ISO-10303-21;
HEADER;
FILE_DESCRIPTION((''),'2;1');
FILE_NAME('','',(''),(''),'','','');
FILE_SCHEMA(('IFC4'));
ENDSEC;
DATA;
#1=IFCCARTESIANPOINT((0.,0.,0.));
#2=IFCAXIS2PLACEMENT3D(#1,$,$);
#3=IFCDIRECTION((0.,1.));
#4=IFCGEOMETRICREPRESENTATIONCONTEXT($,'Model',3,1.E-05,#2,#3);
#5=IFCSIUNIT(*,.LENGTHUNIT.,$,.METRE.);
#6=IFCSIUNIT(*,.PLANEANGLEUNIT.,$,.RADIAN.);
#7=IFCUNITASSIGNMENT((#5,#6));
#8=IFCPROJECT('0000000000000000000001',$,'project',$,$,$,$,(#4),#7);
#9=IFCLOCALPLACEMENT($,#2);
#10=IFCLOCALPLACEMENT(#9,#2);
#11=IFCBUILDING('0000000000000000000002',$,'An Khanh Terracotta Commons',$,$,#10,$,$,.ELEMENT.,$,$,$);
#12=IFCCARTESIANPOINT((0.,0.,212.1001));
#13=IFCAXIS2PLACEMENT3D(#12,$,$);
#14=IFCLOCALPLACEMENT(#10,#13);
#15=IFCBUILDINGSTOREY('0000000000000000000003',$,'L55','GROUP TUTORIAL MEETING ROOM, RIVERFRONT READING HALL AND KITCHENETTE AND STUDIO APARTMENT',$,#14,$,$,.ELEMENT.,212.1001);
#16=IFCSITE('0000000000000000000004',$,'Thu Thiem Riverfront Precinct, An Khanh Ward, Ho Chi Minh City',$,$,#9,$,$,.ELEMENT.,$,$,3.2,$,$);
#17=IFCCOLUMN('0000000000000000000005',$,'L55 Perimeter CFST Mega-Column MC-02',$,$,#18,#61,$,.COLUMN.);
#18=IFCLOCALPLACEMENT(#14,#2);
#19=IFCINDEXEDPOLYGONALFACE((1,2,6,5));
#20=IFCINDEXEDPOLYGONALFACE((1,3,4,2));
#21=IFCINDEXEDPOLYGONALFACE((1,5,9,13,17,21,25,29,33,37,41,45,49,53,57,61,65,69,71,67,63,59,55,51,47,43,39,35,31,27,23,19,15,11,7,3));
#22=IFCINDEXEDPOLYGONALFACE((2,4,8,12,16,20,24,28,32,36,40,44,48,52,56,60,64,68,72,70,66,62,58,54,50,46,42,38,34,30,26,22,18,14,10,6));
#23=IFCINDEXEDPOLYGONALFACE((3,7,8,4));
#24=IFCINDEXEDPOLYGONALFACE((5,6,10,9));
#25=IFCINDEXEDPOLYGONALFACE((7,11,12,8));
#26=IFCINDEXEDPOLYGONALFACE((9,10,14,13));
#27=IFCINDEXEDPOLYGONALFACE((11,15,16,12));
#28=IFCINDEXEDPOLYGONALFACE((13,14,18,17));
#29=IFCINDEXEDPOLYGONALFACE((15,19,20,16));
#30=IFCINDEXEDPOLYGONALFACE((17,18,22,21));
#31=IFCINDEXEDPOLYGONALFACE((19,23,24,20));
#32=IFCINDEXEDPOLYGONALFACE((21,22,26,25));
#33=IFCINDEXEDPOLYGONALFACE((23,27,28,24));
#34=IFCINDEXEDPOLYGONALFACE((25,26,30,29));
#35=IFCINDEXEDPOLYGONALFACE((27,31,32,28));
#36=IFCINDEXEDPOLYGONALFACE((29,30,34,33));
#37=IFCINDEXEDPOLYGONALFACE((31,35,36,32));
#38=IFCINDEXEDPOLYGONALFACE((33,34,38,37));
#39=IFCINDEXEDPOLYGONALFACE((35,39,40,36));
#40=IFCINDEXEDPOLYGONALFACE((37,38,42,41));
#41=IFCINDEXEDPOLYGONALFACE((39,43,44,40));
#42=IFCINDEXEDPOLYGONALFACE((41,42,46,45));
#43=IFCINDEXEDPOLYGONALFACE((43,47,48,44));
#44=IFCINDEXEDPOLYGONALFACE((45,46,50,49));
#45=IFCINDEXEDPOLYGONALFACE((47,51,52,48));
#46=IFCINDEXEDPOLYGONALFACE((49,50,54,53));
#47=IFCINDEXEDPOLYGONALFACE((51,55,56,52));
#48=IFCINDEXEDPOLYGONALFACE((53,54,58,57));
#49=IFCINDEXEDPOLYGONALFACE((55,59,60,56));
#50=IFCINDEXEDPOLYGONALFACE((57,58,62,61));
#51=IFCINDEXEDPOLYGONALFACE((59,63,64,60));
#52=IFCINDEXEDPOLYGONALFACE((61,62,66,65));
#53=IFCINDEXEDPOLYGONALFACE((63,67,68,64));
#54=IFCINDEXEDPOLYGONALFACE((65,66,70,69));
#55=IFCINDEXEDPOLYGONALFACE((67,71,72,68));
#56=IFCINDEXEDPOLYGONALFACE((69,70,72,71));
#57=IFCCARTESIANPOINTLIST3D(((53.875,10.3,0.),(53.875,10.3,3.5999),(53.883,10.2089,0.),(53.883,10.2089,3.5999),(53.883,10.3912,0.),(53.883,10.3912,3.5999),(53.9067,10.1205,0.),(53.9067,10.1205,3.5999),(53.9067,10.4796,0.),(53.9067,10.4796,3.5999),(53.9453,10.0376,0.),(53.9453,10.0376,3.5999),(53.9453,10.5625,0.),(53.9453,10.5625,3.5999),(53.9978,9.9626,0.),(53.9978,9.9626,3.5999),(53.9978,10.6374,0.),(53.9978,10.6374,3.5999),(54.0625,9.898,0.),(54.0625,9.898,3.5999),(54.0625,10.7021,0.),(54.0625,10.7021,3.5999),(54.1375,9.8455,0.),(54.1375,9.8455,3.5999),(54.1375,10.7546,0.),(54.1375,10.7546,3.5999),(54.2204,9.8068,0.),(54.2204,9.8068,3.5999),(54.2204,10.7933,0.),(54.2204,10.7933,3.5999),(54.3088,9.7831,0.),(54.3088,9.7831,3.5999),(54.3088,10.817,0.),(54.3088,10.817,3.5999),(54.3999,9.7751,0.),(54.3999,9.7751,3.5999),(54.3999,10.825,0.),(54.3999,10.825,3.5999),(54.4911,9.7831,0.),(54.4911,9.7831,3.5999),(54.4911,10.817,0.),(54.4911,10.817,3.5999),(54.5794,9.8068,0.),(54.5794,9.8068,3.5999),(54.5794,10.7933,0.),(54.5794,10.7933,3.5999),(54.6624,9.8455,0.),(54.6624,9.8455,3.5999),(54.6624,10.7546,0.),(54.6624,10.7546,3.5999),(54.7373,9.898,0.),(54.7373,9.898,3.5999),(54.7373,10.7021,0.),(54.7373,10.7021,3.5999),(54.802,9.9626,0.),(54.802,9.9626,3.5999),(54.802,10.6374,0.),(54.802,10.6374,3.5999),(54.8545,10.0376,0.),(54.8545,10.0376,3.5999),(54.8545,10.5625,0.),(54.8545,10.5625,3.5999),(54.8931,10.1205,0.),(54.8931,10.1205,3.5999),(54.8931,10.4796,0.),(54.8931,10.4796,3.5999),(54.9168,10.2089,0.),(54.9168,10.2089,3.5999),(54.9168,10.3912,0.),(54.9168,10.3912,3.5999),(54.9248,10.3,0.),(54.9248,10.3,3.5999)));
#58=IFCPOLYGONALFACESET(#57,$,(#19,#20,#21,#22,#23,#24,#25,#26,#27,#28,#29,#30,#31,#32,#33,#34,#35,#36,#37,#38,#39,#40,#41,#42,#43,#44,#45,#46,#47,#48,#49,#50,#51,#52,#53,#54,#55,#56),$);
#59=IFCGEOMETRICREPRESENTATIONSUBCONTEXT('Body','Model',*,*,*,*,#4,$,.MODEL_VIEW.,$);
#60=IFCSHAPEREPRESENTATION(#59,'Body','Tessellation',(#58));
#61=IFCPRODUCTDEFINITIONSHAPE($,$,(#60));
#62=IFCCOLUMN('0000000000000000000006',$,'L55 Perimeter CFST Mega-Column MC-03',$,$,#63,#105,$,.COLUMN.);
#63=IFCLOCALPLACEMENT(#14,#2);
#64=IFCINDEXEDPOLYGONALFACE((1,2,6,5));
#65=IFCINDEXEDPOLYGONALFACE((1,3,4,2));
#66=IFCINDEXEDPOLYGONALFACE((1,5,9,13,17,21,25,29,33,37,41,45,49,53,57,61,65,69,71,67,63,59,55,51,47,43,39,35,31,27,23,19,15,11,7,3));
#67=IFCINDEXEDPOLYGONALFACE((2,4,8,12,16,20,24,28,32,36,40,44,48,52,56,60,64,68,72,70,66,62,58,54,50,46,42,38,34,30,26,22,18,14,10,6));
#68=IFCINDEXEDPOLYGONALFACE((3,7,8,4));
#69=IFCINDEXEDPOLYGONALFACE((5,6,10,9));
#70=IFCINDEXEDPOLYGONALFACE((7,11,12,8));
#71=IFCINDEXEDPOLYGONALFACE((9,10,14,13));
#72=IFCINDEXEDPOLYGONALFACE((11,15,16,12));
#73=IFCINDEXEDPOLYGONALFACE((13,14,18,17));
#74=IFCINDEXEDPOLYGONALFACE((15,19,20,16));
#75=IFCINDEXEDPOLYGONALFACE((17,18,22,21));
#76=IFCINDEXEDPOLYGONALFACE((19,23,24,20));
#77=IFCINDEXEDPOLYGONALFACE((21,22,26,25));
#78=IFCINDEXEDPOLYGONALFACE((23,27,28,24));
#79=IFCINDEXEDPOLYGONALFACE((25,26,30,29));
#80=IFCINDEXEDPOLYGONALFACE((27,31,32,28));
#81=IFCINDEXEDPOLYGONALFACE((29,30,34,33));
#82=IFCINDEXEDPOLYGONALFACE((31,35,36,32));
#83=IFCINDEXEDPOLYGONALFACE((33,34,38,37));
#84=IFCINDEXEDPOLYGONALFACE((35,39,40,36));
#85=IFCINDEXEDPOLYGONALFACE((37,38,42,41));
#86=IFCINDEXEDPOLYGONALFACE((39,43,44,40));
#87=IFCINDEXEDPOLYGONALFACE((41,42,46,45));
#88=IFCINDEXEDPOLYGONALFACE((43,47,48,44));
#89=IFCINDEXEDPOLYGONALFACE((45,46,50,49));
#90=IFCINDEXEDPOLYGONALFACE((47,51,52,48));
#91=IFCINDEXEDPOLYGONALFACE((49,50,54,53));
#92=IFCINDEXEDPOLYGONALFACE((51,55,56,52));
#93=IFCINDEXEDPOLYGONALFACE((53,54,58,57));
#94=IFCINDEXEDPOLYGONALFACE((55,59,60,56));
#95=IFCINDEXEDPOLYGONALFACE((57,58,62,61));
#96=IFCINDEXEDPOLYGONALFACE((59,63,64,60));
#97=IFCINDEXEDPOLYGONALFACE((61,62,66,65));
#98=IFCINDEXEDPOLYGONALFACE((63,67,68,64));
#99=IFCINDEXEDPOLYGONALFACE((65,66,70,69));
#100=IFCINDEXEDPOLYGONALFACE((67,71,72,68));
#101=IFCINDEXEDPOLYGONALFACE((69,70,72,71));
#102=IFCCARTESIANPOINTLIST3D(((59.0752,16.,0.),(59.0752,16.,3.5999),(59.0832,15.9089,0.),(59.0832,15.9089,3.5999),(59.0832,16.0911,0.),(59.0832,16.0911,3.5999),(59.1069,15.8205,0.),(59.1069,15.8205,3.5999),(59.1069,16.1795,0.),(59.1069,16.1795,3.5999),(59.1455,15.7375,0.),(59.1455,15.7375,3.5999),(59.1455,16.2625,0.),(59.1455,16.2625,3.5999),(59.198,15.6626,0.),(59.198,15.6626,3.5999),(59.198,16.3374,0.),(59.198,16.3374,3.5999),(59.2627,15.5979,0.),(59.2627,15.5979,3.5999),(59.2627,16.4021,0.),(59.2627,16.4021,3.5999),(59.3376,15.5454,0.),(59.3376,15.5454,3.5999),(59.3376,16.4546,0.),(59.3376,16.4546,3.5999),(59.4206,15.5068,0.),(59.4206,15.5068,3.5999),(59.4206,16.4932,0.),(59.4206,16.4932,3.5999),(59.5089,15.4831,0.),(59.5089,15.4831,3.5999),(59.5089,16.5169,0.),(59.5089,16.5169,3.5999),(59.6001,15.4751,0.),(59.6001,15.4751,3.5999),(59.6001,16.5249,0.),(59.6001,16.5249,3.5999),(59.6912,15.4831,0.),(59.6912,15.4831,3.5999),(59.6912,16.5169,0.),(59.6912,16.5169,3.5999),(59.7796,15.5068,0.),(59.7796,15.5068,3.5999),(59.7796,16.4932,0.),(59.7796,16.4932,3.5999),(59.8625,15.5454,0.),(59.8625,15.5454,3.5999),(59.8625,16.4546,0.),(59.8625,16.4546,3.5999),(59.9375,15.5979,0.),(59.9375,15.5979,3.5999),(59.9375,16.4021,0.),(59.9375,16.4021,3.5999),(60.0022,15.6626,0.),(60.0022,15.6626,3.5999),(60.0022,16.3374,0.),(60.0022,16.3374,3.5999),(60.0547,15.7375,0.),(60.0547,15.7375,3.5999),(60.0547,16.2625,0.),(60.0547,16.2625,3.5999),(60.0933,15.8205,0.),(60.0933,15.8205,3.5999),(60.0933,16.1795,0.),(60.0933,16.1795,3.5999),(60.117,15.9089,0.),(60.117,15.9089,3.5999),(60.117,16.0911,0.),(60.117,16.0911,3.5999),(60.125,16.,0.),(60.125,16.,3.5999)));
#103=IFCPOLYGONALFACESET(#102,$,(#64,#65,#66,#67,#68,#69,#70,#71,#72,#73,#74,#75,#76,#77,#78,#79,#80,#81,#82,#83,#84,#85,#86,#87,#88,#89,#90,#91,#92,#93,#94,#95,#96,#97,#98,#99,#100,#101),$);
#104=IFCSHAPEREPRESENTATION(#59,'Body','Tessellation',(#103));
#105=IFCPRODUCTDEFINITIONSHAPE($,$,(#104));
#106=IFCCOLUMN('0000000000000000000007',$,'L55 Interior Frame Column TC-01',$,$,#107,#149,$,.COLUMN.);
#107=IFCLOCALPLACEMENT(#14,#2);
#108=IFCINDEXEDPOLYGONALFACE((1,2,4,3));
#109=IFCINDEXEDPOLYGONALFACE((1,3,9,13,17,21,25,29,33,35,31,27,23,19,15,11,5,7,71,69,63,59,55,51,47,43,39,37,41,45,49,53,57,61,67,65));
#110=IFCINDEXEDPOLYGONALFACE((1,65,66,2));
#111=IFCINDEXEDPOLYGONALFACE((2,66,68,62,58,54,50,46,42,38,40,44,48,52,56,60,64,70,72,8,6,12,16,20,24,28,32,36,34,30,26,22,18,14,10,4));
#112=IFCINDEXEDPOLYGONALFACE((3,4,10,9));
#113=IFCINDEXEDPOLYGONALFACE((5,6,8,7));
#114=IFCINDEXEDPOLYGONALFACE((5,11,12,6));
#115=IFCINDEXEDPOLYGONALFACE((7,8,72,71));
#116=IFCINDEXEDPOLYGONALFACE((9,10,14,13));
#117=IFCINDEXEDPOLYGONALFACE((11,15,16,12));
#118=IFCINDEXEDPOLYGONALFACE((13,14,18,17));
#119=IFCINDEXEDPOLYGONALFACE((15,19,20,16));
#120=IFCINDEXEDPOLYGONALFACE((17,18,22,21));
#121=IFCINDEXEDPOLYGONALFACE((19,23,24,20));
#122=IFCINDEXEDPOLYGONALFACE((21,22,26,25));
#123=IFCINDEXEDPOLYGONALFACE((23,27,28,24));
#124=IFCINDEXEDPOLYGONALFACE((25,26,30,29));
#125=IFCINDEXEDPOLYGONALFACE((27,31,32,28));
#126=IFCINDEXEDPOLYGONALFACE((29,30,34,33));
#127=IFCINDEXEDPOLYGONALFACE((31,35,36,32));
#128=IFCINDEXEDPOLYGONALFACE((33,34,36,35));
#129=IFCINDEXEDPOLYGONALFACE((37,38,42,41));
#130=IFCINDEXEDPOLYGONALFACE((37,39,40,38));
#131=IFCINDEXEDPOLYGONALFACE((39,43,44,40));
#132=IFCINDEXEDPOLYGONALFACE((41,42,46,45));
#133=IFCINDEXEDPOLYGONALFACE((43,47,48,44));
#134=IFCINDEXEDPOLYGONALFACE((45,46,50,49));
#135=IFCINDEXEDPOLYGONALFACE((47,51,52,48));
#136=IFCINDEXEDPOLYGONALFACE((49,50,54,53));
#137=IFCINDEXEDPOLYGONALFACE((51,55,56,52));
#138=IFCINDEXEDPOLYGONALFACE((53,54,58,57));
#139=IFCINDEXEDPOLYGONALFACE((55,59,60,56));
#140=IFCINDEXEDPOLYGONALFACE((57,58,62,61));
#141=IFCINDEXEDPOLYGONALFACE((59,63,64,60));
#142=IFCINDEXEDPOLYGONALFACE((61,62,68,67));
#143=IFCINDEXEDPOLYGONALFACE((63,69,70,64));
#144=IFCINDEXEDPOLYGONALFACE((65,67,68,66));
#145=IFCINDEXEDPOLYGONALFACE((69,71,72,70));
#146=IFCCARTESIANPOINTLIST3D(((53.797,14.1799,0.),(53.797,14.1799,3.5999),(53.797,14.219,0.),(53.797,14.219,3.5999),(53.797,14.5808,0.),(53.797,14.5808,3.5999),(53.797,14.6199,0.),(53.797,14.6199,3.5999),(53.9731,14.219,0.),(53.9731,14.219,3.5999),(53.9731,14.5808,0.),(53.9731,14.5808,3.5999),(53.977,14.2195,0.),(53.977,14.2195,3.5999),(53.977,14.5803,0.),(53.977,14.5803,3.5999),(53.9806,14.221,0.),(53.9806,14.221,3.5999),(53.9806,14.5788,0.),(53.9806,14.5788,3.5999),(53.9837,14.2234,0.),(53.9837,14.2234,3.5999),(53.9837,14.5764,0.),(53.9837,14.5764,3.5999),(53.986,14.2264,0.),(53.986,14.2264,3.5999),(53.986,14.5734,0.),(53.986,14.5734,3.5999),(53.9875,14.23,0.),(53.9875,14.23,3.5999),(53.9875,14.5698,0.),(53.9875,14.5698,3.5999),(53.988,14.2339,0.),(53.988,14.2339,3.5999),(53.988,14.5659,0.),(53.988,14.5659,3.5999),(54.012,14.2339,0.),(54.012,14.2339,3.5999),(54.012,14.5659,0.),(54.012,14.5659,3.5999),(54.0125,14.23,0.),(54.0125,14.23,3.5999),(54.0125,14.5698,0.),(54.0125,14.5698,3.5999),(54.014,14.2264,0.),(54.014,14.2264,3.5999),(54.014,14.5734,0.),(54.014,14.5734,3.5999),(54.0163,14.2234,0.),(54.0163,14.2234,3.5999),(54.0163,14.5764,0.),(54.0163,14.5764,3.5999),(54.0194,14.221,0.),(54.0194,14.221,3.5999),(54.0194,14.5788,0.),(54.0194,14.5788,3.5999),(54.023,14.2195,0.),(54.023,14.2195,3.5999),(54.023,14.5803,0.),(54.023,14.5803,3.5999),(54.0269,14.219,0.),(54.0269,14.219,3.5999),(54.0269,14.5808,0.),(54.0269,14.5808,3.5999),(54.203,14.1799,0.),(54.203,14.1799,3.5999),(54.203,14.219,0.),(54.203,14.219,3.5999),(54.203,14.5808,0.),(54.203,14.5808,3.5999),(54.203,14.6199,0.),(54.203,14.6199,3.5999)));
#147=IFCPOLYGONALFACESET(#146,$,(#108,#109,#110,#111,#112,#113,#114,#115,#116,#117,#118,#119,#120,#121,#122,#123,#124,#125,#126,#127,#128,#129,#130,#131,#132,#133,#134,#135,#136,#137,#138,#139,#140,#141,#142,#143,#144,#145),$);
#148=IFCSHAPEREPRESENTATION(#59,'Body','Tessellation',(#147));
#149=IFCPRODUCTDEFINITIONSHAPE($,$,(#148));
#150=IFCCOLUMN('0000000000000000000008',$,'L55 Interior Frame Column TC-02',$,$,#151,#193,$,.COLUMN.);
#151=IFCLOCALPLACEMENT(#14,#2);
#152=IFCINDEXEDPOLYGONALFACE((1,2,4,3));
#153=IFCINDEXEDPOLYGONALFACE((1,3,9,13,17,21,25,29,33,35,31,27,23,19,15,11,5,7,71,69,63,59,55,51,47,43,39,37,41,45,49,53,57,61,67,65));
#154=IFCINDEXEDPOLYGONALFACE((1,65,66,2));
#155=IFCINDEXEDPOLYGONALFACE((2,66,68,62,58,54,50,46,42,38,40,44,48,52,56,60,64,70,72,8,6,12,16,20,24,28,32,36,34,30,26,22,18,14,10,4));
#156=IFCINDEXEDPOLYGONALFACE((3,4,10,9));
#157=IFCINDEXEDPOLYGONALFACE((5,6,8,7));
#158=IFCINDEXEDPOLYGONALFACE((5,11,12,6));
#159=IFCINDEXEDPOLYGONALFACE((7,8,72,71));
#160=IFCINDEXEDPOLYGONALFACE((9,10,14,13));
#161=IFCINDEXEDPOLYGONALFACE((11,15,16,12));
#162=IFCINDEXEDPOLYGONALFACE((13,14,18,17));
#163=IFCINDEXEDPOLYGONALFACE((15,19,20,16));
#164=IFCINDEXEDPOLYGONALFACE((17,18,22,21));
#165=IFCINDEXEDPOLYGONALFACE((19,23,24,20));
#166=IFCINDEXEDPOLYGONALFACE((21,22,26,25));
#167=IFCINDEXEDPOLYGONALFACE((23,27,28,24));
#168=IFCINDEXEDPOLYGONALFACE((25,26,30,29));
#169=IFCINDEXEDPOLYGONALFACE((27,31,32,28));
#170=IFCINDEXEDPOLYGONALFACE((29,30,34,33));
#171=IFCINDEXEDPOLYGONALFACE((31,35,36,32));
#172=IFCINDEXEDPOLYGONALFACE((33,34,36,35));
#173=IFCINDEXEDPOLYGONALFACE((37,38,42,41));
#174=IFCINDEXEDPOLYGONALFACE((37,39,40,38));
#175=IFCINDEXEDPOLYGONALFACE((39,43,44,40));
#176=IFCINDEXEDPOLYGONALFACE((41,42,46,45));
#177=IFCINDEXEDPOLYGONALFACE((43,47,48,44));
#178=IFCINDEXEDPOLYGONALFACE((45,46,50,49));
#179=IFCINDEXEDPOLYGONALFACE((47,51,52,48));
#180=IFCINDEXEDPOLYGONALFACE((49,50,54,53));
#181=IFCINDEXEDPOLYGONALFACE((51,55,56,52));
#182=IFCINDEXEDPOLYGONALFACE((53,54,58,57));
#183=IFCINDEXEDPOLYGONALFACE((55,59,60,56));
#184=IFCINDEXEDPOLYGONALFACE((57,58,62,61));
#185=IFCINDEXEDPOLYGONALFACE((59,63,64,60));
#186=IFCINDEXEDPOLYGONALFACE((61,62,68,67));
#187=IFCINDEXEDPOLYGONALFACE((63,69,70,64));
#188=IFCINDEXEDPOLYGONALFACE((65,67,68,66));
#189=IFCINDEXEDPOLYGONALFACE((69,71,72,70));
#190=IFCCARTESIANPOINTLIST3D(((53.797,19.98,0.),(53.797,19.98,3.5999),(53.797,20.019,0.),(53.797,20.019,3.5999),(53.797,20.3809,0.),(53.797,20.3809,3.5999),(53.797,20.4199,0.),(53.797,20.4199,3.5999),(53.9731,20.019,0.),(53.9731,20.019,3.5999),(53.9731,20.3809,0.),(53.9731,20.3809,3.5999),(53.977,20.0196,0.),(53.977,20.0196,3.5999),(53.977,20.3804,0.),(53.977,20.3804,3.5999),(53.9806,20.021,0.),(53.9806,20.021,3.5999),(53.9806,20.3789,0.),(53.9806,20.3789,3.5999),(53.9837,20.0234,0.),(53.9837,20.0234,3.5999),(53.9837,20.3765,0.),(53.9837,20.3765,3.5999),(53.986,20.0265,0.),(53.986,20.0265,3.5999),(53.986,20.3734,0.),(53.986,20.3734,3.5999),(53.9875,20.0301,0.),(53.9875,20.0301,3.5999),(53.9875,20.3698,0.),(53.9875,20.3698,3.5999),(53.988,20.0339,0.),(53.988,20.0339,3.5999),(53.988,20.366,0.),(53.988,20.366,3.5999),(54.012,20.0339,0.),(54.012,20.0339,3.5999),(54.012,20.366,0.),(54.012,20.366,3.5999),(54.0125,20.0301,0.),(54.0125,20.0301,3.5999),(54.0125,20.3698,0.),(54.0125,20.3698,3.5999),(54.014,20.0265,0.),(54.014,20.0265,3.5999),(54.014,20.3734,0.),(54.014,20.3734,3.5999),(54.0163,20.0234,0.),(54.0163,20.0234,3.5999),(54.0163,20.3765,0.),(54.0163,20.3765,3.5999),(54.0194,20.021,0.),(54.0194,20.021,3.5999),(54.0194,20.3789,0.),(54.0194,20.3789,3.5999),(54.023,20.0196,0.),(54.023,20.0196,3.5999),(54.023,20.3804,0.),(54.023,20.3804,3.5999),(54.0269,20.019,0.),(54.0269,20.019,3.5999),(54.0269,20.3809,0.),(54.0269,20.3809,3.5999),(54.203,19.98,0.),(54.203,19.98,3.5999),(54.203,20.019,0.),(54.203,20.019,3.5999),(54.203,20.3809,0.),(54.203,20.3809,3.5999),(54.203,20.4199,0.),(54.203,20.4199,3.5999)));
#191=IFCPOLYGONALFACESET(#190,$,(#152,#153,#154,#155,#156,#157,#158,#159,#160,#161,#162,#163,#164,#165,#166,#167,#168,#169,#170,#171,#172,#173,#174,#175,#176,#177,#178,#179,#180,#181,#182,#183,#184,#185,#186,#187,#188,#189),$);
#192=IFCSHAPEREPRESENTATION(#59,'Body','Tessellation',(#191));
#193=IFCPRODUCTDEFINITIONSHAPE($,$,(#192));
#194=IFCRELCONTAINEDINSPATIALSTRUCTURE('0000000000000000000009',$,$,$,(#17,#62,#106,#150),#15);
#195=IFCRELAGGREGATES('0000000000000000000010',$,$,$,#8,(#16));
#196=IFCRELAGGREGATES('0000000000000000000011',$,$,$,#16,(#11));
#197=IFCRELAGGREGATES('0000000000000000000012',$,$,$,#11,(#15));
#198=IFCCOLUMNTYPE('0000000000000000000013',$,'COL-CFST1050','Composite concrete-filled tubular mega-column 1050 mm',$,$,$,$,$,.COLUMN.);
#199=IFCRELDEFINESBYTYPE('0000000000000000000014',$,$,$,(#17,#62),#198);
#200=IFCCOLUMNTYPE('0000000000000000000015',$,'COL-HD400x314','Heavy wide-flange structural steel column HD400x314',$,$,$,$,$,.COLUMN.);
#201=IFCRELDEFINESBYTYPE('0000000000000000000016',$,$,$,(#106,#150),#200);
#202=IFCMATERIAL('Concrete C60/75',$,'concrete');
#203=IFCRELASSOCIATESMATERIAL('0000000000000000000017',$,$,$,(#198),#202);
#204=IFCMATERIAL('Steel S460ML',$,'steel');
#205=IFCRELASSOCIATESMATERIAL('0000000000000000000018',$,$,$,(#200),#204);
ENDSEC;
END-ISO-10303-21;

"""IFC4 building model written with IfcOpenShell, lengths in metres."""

from ifc_helpers import new_model, si_unit, direction, frame, origin, origin_2d, place, context, subcontext, project, spatial, circle, i_section, extrude, material, material_profile, profile_set, type_object, element, save


model = new_model("IFC4")

# Units and contexts
model_context = context("Model", 3, precision=1e-05, world=origin(), true_north=direction((0.0, 1.0)))
body_context = subcontext(model_context, "Body", "Model", "MODEL_VIEW")
ifc_project = project(units=[si_unit("LENGTHUNIT", "METRE"), si_unit("PLANEANGLEUNIT", "RADIAN")], contexts=[model_context])

# Site, building, storey
site_placement = place(None, origin())
site = spatial("IfcSite", under=ifc_project, at=site_placement, Name="Thu Thiem Riverfront Precinct, An Khanh Ward, Ho Chi Minh City", CompositionType="ELEMENT", RefElevation=3.2)
building_placement = place(site_placement, origin())
building = spatial("IfcBuilding", under=site, at=building_placement, Name="An Khanh Terracotta Commons", CompositionType="ELEMENT")
storey_placement = place(building_placement, frame((0.0, 0.0, 212.1001)))
storey = spatial("IfcBuildingStorey", under=building, at=storey_placement, Name="L55", Description="GROUP TUTORIAL MEETING ROOM, RIVERFRONT READING HALL AND KITCHENETTE AND STUDIO APARTMENT", CompositionType="ELEMENT", Elevation=212.1001)

# Columns
ifc_material_1 = material(Name="Concrete C60/75", Category="concrete")
ifc_material_profile_1 = material_profile(ifc_material_1, circle(Radius=0.5249, at=origin_2d()), Name="CFST1050")
ifc_profile_set_1 = profile_set([ifc_material_profile_1], Name="Concrete C60/75")
column_type_1 = type_object("IfcColumnType", Name="COL-CFST1050", Description="Composite concrete-filled tubular mega-column 1050 mm", PredefinedType="COLUMN", material=ifc_profile_set_1)
for number, where, z_axis, x_axis, name in (
    (1, (54.3999, 10.3, 0.0), (0.0, 0.0, 1.0), (1.0, 0.0, 0.0), "L55 Perimeter CFST Mega-Column MC-02"),
    (2, (59.6001, 16.0, 0.0), (0.0, 0.0, 1.0), (1.0, 0.0, 0.0), "L55 Perimeter CFST Mega-Column MC-03"),
):
    element("IfcColumn", number, at=place(storey_placement, frame(where, z_axis=z_axis, x_axis=x_axis)), inside=storey, type_object=column_type_1, Name=name, PredefinedType="COLUMN", context=body_context, shape_type="SweptSolid", body=[
        extrude(circle(Radius=0.5249, at=origin_2d()), origin(), (0.0, 0.0, 1.0), 3.5999),
    ])
ifc_material_2 = material(Name="Steel S460ML", Category="steel")
ifc_material_profile_2 = material_profile(ifc_material_2, i_section(OverallWidth=0.406, OverallDepth=0.4399, WebThickness=0.0239, FlangeThickness=0.0391, FilletRadius=0.0149, at=origin_2d()), Name="HD400x314")
ifc_profile_set_2 = profile_set([ifc_material_profile_2], Name="Steel S460ML")
column_type_2 = type_object("IfcColumnType", Name="COL-HD400x314", Description="Heavy wide-flange structural steel column HD400x314", PredefinedType="COLUMN", material=ifc_profile_set_2)
for number, where, z_axis, x_axis, name in (
    (3, (54.0, 14.3999, 0.0), (0.0, 0.0, 1.0), (1.0, 0.0, 0.0), "L55 Interior Frame Column TC-01"),
    (4, (54.0, 20.2, 0.0), (0.0, 0.0, 1.0), (1.0, 0.0, 0.0), "L55 Interior Frame Column TC-02"),
):
    element("IfcColumn", number, at=place(storey_placement, frame(where, z_axis=z_axis, x_axis=x_axis)), inside=storey, type_object=column_type_2, Name=name, PredefinedType="COLUMN", context=body_context, shape_type="SweptSolid", body=[
        extrude(i_section(OverallWidth=0.406, OverallDepth=0.4399, WebThickness=0.0239, FlangeThickness=0.0391, FilletRadius=0.0149, at=origin_2d()), origin(), (0.0, 0.0, 1.0), 3.5999),
    ])

save(model, "model.ifc")
